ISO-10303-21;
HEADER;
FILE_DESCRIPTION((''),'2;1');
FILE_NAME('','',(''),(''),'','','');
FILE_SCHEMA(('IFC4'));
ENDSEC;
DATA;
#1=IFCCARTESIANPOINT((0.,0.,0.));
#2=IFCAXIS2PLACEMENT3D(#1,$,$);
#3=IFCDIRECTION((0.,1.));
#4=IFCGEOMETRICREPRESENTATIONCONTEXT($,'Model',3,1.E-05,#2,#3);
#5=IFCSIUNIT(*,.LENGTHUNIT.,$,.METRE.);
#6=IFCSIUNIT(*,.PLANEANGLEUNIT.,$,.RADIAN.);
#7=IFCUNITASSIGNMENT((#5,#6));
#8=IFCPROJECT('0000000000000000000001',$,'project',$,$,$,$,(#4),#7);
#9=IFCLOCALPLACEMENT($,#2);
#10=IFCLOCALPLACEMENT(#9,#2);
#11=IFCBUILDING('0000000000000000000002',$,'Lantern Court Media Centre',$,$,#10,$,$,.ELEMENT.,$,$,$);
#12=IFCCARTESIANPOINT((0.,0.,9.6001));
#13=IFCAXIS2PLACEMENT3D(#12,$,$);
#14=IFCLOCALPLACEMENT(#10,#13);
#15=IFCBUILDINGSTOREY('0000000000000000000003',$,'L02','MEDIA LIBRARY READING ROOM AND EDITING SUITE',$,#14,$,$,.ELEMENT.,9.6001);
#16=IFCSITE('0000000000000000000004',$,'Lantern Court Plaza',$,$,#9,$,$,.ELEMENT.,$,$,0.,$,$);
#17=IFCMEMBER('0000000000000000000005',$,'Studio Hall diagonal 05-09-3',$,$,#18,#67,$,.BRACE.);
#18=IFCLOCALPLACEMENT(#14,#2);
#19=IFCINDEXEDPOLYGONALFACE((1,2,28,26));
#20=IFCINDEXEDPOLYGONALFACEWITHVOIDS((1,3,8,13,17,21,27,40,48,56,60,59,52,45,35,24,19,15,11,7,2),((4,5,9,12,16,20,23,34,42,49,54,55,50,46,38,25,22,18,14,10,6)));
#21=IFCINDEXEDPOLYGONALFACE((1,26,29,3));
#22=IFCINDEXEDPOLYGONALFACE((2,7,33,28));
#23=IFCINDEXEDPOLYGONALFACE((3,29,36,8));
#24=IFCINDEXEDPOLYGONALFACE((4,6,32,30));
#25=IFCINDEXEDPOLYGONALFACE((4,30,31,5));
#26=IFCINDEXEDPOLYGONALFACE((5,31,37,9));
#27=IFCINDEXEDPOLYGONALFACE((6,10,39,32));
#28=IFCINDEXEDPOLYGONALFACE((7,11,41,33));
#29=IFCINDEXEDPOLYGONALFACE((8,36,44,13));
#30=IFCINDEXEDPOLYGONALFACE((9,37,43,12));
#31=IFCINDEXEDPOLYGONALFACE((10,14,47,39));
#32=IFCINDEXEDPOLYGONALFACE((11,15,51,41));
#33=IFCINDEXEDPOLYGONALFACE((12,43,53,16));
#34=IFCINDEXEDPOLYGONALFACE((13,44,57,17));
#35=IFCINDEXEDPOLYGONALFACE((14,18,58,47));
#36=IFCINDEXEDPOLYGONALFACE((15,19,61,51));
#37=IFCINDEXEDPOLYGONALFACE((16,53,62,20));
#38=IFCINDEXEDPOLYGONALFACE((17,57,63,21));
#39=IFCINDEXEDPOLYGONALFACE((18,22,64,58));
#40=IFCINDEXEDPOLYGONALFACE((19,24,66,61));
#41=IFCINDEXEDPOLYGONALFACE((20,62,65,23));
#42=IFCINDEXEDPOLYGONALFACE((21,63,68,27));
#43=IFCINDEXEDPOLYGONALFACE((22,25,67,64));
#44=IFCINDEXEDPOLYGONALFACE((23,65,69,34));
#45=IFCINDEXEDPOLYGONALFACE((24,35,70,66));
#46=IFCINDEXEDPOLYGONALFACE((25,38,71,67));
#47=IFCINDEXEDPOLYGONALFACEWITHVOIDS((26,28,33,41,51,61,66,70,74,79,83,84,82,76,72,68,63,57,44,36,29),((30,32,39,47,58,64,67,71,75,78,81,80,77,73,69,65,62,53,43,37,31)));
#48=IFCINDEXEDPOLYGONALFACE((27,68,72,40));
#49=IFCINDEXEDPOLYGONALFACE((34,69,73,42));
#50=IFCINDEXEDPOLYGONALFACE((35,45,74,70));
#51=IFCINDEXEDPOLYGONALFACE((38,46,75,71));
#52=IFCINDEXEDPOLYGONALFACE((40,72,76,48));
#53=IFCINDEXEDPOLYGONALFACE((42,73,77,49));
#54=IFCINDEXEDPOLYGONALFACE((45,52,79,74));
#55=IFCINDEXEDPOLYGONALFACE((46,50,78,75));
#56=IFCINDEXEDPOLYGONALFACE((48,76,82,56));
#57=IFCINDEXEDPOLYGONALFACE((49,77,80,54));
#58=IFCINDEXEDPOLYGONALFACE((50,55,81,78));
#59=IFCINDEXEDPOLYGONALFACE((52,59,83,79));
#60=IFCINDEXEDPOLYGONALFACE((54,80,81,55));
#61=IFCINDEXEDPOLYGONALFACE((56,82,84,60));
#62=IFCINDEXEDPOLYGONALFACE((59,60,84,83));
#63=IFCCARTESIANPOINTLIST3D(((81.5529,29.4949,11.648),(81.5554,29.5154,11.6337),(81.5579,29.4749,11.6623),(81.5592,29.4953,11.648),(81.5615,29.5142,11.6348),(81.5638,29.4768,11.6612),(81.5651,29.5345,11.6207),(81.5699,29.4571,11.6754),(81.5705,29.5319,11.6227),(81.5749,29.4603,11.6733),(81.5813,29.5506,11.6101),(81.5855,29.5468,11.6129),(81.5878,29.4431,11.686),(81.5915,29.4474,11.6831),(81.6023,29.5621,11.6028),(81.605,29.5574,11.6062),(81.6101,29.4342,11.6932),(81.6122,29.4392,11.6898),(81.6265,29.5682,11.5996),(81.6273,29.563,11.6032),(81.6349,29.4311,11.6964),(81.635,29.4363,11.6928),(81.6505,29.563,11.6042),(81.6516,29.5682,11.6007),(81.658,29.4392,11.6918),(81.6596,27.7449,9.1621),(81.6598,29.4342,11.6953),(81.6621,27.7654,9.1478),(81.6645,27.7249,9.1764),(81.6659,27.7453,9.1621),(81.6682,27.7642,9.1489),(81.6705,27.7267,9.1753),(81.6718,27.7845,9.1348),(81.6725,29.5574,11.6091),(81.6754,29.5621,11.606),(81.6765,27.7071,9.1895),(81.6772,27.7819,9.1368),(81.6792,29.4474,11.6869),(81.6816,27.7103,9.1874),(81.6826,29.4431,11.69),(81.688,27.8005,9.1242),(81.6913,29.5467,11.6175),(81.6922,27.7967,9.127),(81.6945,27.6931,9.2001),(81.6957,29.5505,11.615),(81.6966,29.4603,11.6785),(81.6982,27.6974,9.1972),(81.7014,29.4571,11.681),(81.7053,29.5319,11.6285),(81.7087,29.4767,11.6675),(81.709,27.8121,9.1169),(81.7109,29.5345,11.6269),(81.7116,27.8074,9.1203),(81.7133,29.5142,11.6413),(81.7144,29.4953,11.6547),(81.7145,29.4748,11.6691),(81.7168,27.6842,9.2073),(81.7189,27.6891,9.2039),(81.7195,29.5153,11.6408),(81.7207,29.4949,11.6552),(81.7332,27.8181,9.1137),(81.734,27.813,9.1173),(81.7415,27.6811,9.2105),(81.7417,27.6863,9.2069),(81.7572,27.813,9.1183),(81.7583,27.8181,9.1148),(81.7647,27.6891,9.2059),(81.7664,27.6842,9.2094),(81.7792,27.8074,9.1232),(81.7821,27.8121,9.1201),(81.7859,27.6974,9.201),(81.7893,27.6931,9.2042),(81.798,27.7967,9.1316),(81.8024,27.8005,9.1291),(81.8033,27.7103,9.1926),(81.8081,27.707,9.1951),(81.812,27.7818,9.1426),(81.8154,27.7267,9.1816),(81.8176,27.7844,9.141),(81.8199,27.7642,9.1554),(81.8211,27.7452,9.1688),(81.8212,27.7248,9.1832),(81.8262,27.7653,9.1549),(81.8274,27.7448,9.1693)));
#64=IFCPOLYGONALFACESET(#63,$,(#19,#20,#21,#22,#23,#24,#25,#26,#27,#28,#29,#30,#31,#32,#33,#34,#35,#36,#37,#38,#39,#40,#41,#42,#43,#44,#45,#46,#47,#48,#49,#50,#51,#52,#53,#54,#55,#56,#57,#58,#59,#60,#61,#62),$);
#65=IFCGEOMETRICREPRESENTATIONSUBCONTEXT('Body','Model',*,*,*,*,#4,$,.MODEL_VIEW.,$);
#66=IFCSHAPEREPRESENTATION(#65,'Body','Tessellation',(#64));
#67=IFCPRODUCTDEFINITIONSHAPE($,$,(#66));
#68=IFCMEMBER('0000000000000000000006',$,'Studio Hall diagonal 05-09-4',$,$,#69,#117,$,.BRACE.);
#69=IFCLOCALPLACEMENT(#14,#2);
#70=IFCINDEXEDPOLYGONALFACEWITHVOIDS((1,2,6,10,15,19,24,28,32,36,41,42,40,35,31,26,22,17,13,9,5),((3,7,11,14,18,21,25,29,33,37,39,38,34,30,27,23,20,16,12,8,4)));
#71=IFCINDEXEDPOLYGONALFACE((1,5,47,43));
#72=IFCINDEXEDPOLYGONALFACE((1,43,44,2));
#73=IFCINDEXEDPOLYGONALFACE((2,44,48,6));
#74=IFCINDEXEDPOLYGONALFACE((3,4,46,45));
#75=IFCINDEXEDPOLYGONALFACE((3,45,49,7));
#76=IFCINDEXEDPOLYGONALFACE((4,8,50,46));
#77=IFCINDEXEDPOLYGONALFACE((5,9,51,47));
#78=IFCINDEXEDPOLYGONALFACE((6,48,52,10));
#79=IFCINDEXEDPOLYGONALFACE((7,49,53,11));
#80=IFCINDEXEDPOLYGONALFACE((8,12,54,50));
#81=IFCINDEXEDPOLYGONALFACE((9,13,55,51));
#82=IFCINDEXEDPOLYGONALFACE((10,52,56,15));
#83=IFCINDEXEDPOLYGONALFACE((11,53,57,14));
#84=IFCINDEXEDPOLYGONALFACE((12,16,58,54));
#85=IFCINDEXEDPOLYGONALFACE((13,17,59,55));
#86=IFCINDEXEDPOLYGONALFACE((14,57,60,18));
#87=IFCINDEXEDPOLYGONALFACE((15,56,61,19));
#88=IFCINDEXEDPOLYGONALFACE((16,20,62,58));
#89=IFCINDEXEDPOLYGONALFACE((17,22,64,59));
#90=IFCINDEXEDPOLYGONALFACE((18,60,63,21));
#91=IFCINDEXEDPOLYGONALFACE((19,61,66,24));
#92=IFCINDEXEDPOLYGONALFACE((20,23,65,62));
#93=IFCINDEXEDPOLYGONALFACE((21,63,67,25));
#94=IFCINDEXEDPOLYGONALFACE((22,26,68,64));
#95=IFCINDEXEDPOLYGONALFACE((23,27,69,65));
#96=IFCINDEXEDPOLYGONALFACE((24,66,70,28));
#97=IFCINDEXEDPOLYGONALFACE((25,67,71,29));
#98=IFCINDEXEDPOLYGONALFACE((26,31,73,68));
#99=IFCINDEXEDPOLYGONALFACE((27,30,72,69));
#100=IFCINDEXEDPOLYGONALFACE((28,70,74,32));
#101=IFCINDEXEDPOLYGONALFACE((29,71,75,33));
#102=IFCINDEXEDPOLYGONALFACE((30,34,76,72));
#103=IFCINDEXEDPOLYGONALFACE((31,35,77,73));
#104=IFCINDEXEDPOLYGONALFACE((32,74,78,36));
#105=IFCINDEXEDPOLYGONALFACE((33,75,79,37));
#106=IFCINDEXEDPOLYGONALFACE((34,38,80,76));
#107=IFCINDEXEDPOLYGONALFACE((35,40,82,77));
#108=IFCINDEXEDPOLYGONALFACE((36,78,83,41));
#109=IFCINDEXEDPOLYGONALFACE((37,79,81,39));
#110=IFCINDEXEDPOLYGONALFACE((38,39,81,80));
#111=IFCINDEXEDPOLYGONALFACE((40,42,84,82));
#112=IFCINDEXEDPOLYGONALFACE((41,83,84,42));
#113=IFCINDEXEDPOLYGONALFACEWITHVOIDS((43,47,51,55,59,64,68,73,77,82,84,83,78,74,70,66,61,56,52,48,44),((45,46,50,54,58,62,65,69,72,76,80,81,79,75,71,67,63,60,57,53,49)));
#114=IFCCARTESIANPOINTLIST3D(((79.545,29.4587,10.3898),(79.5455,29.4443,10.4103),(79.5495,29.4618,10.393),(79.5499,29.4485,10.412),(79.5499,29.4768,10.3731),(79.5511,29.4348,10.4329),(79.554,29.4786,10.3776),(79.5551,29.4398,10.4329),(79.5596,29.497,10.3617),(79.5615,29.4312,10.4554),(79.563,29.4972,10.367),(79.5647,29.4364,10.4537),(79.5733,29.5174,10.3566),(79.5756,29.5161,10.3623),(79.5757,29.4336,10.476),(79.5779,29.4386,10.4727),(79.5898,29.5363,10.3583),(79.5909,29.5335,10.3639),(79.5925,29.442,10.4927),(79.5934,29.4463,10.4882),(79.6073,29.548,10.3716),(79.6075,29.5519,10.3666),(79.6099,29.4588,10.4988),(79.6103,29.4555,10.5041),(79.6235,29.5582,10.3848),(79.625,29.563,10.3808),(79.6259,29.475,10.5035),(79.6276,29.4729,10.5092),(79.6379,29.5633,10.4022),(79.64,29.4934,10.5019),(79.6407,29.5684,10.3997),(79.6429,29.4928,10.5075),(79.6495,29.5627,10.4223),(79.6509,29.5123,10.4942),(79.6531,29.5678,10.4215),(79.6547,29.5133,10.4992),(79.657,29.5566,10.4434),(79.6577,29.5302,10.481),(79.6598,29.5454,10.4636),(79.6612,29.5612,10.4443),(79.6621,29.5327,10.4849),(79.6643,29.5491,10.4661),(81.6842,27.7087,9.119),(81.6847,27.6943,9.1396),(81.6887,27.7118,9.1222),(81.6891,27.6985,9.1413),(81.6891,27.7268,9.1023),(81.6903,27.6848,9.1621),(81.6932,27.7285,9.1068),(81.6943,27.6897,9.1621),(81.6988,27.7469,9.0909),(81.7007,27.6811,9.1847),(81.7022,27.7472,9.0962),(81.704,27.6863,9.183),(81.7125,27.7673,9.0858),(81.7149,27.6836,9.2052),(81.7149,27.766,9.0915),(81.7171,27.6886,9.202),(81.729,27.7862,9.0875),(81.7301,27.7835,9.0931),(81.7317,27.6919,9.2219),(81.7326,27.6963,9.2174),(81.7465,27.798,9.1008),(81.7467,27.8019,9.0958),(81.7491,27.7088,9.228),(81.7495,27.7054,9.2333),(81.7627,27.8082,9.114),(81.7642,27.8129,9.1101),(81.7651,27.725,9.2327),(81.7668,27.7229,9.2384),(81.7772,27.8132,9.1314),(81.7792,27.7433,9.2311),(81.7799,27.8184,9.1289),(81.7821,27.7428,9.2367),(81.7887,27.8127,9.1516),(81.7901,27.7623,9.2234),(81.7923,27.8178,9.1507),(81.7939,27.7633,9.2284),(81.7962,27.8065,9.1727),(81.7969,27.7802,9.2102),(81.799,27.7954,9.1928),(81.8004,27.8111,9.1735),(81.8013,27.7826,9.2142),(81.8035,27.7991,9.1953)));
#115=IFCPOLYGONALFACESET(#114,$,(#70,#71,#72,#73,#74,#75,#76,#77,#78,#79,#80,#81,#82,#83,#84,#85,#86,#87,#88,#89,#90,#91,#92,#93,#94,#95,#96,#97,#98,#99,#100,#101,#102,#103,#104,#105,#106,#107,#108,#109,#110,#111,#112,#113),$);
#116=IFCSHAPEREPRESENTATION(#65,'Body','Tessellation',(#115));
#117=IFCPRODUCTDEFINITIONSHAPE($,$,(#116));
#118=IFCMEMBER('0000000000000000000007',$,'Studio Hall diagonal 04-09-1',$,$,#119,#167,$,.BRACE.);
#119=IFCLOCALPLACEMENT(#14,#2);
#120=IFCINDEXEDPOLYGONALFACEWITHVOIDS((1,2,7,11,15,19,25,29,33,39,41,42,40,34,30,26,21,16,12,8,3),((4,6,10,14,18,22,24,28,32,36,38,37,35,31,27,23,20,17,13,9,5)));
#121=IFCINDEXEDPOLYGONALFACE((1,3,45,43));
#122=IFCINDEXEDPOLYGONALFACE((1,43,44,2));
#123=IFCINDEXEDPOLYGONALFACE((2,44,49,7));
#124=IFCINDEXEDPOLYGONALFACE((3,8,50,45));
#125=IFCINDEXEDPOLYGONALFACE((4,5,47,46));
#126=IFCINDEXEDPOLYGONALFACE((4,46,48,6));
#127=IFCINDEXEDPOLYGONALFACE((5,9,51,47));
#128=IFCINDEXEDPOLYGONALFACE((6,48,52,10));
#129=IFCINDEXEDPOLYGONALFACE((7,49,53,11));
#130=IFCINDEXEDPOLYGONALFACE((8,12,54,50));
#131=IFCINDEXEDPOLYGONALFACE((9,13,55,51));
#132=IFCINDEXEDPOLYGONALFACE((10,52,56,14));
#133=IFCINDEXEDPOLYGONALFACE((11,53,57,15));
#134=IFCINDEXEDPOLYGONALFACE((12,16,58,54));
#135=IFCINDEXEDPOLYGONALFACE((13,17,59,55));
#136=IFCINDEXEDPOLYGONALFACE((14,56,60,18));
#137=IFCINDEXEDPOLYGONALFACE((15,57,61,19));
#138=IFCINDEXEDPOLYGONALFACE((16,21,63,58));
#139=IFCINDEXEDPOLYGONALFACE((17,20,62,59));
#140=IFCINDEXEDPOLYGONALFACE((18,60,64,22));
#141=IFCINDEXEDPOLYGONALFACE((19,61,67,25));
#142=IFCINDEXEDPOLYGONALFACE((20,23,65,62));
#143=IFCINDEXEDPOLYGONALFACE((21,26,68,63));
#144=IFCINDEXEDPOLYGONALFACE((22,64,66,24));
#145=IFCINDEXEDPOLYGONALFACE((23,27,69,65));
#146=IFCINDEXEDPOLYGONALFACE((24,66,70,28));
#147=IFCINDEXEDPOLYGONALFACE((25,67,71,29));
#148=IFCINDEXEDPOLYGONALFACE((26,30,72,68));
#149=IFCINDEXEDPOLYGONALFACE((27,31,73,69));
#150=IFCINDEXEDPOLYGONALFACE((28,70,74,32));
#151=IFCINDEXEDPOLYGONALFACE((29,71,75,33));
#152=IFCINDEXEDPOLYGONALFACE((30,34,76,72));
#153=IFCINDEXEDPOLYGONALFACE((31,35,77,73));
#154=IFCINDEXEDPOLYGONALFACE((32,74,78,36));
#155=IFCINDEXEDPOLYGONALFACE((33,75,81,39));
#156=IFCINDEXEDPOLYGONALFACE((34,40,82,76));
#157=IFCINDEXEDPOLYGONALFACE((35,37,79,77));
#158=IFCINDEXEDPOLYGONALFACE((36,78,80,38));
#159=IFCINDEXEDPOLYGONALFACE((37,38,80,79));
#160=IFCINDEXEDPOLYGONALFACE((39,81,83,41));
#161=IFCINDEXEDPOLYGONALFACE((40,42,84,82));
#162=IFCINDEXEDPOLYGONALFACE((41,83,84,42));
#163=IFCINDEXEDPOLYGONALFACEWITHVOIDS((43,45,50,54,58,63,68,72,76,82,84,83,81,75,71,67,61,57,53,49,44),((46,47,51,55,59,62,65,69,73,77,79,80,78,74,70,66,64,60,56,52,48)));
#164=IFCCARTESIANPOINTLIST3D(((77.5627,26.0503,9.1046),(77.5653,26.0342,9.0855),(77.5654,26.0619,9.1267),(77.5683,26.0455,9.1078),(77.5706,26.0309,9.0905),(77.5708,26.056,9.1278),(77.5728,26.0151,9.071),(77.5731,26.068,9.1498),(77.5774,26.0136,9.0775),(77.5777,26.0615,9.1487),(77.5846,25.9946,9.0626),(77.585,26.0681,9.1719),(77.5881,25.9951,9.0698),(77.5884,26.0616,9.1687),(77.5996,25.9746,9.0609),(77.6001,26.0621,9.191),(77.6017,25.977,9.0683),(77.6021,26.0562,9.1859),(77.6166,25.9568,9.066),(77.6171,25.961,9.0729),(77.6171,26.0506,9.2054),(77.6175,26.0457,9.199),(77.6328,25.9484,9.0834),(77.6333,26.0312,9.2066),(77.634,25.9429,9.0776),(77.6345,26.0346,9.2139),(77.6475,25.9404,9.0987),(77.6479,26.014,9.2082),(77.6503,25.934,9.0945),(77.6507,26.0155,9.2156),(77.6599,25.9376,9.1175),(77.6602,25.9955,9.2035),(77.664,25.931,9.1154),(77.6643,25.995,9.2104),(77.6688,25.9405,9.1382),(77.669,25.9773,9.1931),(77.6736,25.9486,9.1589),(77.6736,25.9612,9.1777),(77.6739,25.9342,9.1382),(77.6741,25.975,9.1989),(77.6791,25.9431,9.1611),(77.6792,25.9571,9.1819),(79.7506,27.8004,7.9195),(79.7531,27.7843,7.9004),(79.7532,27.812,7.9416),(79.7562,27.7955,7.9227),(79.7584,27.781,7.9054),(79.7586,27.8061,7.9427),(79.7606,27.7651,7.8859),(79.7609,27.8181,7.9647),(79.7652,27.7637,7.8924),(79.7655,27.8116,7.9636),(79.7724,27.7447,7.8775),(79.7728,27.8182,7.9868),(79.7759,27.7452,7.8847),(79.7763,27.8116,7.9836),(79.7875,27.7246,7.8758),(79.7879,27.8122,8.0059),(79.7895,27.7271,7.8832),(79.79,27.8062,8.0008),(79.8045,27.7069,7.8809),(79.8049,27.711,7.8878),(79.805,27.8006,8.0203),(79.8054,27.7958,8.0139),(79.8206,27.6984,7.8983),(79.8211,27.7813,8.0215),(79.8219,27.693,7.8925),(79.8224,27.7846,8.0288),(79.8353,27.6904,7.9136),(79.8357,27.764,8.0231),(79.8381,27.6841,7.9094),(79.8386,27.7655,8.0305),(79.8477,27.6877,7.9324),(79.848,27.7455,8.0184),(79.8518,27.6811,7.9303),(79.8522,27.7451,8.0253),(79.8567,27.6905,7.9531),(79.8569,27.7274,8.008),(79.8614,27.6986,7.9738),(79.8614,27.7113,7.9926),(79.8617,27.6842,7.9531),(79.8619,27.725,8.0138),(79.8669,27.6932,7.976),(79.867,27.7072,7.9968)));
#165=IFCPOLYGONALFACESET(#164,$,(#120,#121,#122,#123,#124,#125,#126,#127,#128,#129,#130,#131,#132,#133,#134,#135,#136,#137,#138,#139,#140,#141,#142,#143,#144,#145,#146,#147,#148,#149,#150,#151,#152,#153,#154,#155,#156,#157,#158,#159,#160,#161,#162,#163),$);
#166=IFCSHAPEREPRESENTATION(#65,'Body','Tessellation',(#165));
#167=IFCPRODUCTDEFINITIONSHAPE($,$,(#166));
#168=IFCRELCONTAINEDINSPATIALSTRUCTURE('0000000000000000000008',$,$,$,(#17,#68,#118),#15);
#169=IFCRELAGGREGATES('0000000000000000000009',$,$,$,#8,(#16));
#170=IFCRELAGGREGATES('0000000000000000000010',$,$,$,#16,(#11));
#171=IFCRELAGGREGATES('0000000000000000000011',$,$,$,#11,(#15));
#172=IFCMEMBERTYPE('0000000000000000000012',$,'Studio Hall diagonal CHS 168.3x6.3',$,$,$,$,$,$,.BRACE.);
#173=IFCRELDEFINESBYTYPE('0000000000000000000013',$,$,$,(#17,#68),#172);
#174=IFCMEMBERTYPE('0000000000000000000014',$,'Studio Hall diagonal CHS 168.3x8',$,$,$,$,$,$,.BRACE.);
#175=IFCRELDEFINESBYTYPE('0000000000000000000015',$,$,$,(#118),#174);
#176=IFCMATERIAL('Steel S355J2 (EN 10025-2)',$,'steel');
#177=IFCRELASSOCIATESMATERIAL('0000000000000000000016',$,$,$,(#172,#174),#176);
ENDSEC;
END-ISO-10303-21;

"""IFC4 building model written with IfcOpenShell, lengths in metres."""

from ifc_helpers import new_model, si_unit, direction, frame, origin, origin_2d, place, context, subcontext, project, spatial, hollow_circle, extrude, material, material_profile, profile_set, type_object, element, save


model = new_model("IFC4")

# Units and contexts
model_context = context("Model", 3, precision=1e-05, world=origin(), true_north=direction((0.0, 1.0)))
body_context = subcontext(model_context, "Body", "Model", "MODEL_VIEW")
ifc_project = project(units=[si_unit("LENGTHUNIT", "METRE"), si_unit("PLANEANGLEUNIT", "RADIAN")], contexts=[model_context])

# Site, building, storey
site_placement = place(None, origin())
site = spatial("IfcSite", under=ifc_project, at=site_placement, Name="Lantern Court Plaza", CompositionType="ELEMENT", RefElevation=0.0)
building_placement = place(site_placement, origin())
building = spatial("IfcBuilding", under=site, at=building_placement, Name="Lantern Court Media Centre", CompositionType="ELEMENT")
storey_placement = place(building_placement, frame((0.0, 0.0, 9.6001)))
storey = spatial("IfcBuildingStorey", under=building, at=storey_placement, Name="L02", Description="MEDIA LIBRARY READING ROOM AND EDITING SUITE", CompositionType="ELEMENT", Elevation=9.6001)

# Members
ifc_material = material(Name="Steel S355J2 (EN 10025-2)", Category="steel")
ifc_material_profile_1 = material_profile(ifc_material, hollow_circle(Radius=0.0842, WallThickness=0.0063, at=origin_2d()), Name="Studio Hall diagonal CHS 168.3x6.3")
ifc_profile_set_1 = profile_set([ifc_material_profile_1], Name="Steel S355J2 (EN 10025-2)")
member_type_1 = type_object("IfcMemberType", Name="Studio Hall diagonal CHS 168.3x6.3", PredefinedType="BRACE", material=ifc_profile_set_1)
for number, where, z_axis, x_axis, name in (
    (1, (81.7437, 27.75, 9.1621), (-0.035073, 0.575294, 0.817194), (-0.998147, -0.060852, 0.0), "Studio Hall diagonal 05-09-3"),
    (2, (81.7437, 27.75, 9.1621), (-0.703225, 0.575293, 0.417746), (-0.63319, -0.773997, 0.0), "Studio Hall diagonal 05-09-4"),
):
    element("IfcMember", number, at=place(storey_placement, frame(where, z_axis=z_axis, x_axis=x_axis)), inside=storey, type_object=member_type_1, Name=name, PredefinedType="BRACE", context=body_context, shape_type="SweptSolid", body=[
        extrude(hollow_circle(Radius=0.0842, WallThickness=0.0063, at=origin_2d()), origin(), (0.0, 0.0, 1.0), 3.042),
    ])
ifc_material_profile_2 = material_profile(ifc_material, hollow_circle(Radius=0.0842, WallThickness=0.0081, at=origin_2d()), Name="Studio Hall diagonal CHS 168.3x8")
ifc_profile_set_2 = profile_set([ifc_material_profile_2], Name="Steel S355J2 (EN 10025-2)")
member_type_2 = type_object("IfcMemberType", Name="Studio Hall diagonal CHS 168.3x8", PredefinedType="BRACE", material=ifc_profile_set_2)
for number, where, z_axis, x_axis, name in (
    (3, (79.8091, 27.75, 7.9531), (-0.719206, -0.5753, 0.38958), (0.624653, -0.780903, 0.0), "Studio Hall diagonal 04-09-1"),
):
    element("IfcMember", number, at=place(storey_placement, frame(where, z_axis=z_axis, x_axis=x_axis)), inside=storey, type_object=member_type_2, Name=name, PredefinedType="BRACE", context=body_context, shape_type="SweptSolid", body=[
        extrude(hollow_circle(Radius=0.0842, WallThickness=0.0081, at=origin_2d()), origin(), (0.0, 0.0, 1.0), 3.042),
    ])

save(model, "model.ifc")
